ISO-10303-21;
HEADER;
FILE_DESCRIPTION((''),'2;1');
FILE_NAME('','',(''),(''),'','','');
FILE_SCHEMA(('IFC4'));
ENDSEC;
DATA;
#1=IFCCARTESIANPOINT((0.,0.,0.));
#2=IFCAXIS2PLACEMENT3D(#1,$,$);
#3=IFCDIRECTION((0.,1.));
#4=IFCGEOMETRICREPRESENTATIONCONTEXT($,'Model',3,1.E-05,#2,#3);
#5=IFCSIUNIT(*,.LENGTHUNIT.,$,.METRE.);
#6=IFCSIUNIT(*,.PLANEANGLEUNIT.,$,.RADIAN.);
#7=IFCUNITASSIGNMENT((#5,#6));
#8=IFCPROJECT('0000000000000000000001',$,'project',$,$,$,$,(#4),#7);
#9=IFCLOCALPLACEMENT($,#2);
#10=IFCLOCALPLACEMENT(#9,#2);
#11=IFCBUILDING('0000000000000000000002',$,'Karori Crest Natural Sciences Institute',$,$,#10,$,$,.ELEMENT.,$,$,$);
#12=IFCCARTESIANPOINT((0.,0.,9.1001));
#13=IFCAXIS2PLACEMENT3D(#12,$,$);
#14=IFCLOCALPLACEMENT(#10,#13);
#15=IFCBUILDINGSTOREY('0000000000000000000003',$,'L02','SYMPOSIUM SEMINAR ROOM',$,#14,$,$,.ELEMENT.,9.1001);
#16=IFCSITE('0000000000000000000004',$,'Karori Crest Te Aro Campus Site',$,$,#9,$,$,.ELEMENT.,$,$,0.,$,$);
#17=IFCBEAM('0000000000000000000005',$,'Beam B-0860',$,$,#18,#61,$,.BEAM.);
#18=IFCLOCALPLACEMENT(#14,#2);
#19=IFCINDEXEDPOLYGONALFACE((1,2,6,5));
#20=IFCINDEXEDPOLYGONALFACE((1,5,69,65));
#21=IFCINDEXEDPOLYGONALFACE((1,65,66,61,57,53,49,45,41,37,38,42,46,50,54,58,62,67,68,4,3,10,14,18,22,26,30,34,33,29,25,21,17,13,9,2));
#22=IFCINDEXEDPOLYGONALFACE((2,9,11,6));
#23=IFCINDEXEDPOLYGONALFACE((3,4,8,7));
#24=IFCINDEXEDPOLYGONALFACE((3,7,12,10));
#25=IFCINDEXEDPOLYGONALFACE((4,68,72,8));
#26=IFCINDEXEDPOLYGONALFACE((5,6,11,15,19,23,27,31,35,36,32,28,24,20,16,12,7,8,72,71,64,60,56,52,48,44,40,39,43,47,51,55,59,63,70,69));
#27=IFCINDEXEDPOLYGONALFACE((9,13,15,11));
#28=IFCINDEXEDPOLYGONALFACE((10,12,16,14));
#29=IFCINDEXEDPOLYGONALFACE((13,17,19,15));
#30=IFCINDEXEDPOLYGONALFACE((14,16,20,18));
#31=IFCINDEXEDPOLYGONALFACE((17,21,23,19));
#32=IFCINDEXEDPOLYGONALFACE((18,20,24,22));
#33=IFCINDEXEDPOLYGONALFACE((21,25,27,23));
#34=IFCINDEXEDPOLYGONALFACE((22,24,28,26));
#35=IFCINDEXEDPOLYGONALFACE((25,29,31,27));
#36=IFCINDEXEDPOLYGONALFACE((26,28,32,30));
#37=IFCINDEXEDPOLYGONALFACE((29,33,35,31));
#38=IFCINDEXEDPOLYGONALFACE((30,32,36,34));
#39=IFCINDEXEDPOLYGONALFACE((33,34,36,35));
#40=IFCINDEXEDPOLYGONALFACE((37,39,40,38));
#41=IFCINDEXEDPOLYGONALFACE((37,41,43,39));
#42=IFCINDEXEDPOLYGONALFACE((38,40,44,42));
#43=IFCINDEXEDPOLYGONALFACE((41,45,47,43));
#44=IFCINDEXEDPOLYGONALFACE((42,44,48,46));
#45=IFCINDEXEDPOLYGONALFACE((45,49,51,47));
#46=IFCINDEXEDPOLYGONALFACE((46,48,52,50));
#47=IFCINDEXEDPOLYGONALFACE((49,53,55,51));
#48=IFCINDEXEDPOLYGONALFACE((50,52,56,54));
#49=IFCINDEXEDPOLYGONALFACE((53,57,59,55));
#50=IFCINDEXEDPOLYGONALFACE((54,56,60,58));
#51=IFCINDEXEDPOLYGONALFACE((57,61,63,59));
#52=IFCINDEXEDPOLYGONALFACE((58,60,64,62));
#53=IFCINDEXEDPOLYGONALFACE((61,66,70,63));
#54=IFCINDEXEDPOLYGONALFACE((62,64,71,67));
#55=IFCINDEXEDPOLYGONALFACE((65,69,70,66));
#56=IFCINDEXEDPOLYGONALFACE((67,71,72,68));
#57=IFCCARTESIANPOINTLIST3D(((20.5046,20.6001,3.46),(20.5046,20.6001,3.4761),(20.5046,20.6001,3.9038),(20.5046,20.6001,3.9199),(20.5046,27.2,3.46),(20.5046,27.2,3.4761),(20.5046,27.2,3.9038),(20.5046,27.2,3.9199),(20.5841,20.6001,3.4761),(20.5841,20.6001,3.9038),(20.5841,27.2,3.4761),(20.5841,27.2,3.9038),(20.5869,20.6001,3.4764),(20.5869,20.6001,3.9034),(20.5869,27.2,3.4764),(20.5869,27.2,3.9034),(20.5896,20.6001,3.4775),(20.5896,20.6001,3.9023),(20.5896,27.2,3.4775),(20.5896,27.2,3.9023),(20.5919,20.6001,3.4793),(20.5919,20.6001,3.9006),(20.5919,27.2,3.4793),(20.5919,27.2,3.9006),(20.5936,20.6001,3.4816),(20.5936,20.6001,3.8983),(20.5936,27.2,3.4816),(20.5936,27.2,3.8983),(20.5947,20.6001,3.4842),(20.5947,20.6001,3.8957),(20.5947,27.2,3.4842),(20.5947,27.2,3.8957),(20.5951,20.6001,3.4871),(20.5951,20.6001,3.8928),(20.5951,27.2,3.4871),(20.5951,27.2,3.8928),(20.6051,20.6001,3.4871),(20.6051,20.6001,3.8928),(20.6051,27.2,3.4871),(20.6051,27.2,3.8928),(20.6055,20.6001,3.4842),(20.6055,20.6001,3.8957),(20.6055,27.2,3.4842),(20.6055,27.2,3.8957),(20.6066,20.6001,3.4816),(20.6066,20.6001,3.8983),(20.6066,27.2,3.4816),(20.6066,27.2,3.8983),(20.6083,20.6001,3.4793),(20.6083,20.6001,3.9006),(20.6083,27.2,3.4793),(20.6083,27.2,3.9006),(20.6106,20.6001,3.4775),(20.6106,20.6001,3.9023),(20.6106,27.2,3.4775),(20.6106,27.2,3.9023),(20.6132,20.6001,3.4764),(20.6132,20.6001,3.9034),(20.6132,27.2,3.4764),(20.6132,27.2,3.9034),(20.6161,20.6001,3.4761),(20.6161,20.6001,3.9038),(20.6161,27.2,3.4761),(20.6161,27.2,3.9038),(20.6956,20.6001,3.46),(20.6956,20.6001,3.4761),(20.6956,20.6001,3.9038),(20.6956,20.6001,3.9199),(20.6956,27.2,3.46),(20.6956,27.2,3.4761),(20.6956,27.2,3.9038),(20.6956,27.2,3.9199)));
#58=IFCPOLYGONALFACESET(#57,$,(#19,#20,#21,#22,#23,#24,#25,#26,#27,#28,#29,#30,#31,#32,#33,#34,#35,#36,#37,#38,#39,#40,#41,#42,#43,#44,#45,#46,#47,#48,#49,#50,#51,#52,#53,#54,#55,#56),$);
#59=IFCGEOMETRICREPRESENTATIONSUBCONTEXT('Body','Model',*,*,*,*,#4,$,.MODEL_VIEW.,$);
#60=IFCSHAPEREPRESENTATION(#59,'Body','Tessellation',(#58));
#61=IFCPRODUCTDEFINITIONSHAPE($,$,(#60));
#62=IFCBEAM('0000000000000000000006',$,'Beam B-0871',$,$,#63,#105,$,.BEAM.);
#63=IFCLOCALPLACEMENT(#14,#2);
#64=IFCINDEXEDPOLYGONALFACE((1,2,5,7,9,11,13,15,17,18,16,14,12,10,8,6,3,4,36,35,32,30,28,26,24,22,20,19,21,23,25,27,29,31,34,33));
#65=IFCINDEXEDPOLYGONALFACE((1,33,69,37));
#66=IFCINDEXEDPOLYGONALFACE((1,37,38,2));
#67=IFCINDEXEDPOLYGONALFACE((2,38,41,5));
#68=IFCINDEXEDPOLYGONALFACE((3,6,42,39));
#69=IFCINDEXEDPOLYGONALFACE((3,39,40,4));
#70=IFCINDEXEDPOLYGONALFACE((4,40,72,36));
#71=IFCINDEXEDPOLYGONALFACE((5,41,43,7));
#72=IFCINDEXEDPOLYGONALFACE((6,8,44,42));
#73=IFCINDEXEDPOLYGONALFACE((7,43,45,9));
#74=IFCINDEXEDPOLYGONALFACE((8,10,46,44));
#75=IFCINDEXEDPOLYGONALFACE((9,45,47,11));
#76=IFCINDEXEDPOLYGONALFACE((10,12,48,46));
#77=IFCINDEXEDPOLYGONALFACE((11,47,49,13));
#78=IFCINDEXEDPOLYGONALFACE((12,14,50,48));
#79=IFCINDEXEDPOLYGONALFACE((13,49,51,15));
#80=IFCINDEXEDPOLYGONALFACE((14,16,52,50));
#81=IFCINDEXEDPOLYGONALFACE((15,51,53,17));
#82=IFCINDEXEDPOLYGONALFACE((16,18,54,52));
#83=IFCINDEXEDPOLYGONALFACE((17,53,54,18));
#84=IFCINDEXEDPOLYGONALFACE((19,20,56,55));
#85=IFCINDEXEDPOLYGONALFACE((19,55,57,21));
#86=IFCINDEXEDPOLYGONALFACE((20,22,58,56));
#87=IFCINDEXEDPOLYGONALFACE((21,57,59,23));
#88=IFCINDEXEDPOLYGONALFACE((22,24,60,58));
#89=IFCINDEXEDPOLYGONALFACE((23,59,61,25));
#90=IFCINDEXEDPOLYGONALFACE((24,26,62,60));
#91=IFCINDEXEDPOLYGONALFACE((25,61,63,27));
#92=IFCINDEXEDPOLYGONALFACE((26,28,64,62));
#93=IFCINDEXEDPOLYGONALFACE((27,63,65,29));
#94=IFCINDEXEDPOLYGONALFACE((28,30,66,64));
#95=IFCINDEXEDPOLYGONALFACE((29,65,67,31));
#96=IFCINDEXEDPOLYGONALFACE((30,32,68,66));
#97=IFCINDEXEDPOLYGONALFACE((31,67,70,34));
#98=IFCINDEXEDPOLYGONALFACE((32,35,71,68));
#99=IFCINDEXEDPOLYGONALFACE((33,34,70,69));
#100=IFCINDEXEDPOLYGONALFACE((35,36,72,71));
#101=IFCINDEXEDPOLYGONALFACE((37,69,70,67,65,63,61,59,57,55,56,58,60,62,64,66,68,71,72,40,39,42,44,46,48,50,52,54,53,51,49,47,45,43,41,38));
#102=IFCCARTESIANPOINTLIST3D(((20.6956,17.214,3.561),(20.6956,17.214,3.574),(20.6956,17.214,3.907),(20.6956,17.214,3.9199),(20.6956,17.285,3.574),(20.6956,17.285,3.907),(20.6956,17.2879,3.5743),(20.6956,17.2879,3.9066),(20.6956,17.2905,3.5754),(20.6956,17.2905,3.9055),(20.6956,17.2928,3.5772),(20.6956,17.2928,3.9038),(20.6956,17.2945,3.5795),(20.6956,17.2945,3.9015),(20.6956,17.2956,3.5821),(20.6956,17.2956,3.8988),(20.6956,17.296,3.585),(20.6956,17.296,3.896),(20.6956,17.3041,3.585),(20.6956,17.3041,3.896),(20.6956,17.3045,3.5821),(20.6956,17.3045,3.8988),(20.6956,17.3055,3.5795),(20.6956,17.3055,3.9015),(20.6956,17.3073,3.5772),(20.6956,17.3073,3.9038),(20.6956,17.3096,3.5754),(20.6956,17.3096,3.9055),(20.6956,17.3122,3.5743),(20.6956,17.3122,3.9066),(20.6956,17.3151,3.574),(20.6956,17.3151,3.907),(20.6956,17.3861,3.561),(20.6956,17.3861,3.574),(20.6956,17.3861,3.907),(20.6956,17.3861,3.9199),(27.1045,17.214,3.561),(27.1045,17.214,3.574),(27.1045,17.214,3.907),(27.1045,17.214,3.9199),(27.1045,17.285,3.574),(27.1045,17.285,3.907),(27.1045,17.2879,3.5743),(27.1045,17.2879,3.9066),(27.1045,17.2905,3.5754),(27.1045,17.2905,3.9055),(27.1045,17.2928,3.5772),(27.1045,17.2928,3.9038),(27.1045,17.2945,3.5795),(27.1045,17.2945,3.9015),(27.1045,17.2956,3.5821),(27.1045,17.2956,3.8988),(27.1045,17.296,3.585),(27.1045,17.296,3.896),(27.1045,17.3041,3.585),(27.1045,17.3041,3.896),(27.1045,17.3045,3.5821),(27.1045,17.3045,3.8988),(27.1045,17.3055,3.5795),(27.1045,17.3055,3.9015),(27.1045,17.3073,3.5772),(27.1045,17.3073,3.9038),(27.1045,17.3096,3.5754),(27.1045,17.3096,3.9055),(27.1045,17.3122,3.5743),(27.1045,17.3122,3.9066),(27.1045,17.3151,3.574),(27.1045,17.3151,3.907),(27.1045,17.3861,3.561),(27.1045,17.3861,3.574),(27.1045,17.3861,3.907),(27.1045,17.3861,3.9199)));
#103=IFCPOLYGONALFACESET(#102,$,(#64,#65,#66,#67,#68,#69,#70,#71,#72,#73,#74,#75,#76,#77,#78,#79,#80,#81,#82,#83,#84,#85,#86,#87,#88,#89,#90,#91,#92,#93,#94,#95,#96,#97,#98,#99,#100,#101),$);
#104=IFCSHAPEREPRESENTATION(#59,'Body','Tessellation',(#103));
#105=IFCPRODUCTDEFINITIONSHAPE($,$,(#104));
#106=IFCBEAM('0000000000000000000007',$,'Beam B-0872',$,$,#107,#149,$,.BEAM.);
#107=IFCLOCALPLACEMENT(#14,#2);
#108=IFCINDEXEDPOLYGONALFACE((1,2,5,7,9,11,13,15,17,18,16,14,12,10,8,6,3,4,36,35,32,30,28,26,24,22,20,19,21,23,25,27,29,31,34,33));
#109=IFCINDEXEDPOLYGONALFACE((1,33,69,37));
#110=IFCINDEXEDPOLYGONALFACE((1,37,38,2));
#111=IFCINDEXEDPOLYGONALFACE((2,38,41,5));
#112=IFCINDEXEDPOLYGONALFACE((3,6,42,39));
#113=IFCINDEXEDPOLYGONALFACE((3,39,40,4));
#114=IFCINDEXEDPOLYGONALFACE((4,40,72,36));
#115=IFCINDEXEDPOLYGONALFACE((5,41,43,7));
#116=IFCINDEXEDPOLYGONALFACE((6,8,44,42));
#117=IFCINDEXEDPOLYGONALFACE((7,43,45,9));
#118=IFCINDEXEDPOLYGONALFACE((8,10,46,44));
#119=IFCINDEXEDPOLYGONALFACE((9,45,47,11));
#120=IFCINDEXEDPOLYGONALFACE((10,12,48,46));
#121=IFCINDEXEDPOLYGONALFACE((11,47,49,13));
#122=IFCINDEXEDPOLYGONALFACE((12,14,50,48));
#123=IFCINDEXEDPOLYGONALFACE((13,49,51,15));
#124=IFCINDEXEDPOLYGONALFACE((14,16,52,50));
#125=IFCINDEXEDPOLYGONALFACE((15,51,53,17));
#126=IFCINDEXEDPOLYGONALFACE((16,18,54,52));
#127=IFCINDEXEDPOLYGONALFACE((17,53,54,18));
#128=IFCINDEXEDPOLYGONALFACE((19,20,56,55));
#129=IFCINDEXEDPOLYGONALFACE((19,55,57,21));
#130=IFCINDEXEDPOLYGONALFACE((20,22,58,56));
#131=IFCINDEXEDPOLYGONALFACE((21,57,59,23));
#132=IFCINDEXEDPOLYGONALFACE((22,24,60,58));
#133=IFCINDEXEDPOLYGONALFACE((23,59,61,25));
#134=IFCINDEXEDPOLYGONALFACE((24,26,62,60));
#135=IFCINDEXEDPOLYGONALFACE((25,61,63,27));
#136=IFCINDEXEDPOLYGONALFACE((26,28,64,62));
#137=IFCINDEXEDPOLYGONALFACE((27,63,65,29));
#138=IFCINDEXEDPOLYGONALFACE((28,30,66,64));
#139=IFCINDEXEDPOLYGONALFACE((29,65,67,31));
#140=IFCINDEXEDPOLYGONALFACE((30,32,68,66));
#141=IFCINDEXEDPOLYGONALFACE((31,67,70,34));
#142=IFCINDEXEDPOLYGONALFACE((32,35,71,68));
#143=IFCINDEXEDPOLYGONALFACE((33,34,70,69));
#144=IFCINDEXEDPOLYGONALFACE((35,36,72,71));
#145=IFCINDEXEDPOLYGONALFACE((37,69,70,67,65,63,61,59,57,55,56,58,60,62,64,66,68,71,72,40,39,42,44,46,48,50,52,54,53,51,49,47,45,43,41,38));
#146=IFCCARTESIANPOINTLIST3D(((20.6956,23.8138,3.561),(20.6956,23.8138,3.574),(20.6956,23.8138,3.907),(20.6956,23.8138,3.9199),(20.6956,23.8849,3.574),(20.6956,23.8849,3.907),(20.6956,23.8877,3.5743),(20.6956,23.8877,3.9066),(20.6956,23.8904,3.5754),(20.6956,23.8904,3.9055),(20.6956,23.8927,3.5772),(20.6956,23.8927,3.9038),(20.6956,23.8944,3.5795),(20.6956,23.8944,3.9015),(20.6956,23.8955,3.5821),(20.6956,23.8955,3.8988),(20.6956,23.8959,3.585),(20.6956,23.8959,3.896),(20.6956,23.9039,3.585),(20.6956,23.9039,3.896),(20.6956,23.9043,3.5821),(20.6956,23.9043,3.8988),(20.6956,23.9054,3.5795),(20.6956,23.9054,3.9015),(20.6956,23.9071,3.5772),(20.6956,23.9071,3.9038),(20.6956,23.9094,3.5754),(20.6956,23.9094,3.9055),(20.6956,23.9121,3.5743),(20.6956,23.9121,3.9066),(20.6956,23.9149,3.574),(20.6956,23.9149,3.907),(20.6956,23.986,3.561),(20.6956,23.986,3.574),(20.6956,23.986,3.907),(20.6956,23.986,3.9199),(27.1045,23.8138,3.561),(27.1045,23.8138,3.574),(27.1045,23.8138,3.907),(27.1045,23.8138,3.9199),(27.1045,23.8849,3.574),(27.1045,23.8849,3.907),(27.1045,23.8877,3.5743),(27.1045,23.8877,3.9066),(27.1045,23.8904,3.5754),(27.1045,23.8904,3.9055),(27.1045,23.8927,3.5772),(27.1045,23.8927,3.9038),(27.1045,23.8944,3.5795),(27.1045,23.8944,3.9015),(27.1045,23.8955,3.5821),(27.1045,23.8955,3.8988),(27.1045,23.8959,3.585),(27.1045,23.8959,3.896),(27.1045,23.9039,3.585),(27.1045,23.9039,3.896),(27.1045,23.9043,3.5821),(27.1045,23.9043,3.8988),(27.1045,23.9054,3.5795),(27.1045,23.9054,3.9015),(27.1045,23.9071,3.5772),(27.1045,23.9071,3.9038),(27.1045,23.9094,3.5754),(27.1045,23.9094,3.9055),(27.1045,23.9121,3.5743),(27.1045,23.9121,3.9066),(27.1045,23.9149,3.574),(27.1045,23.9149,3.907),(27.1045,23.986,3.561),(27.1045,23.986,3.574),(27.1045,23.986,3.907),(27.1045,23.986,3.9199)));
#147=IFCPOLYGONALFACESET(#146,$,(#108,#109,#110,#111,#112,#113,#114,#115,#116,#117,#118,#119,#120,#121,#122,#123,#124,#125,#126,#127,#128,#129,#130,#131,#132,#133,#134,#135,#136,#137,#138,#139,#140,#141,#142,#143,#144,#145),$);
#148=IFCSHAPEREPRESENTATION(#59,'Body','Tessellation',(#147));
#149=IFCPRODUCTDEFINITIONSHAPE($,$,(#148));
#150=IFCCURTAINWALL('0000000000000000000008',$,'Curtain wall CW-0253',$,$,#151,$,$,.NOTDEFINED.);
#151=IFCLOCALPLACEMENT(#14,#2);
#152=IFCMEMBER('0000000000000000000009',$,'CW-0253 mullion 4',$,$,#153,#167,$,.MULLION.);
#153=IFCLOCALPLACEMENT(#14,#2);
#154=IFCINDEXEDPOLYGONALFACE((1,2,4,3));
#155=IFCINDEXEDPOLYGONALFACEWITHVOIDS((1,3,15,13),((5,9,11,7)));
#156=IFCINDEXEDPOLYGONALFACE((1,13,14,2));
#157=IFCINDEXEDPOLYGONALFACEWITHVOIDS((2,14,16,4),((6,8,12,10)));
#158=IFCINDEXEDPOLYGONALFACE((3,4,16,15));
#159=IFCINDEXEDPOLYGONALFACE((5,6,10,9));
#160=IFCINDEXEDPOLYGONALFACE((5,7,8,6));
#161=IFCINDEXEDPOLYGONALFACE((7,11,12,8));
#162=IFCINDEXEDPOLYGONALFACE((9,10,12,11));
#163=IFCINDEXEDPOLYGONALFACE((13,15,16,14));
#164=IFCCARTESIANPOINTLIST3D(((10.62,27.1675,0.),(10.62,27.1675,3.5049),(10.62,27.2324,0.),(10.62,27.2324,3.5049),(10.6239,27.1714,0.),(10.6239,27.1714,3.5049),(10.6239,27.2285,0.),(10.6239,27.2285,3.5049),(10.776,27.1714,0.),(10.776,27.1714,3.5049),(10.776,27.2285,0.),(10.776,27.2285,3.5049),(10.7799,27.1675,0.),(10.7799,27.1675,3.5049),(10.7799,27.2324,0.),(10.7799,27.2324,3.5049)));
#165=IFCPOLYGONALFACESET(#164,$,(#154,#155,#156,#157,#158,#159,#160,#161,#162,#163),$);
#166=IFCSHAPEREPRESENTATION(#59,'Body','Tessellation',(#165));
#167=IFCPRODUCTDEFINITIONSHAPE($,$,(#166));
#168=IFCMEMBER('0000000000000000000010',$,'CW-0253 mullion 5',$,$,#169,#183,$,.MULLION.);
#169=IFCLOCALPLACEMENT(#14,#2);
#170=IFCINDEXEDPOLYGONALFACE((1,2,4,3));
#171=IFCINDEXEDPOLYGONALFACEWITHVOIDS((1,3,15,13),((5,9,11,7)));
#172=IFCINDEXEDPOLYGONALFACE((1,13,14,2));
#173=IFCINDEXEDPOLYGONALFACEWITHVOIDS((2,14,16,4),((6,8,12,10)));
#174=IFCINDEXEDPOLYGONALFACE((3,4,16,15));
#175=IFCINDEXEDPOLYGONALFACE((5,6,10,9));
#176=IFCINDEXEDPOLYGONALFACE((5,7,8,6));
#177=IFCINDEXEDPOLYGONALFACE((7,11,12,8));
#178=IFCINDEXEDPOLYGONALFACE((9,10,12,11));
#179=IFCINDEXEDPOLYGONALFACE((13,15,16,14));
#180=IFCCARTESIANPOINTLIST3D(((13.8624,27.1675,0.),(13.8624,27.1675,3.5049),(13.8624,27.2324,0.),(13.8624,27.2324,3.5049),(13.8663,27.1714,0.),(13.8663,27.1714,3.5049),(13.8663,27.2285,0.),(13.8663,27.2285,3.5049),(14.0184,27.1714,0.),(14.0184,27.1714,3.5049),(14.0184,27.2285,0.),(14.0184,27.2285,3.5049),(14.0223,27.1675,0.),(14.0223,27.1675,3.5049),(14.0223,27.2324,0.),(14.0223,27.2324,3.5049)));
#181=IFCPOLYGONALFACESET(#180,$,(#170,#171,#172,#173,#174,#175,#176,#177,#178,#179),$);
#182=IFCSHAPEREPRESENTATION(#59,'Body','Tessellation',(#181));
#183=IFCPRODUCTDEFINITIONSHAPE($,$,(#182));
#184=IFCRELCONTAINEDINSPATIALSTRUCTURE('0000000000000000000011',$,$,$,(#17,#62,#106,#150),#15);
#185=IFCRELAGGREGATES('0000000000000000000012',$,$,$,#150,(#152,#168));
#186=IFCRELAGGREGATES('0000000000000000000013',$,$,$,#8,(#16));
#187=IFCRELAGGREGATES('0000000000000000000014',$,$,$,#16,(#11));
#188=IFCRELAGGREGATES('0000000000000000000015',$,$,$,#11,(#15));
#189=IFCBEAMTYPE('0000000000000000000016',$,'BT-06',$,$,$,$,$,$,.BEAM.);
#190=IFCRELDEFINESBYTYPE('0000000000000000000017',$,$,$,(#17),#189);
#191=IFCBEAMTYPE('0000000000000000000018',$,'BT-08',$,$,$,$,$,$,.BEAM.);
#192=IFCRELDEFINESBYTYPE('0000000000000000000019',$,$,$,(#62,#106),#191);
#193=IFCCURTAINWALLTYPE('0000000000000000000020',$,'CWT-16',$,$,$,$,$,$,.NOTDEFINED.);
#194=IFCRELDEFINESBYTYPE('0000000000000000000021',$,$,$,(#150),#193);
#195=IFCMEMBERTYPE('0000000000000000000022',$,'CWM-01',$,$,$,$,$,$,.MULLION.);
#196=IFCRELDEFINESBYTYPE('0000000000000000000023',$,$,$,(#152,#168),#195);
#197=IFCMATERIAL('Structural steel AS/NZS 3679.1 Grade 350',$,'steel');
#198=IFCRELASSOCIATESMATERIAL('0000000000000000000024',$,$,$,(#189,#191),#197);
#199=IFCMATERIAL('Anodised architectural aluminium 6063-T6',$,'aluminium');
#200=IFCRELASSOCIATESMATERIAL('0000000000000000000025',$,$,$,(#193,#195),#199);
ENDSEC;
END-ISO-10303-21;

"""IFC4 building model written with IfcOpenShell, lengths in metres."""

from ifc_helpers import new_model, si_unit, direction, frame, origin, origin_2d, place, context, subcontext, project, spatial, hollow_rectangle, i_section, extrude, material, material_profile, profile_set, type_object, element, aggregate, save


model = new_model("IFC4")

# Units and contexts
model_context = context("Model", 3, precision=1e-05, world=origin(), true_north=direction((0.0, 1.0)))
body_context = subcontext(model_context, "Body", "Model", "MODEL_VIEW")
ifc_project = project(units=[si_unit("LENGTHUNIT", "METRE"), si_unit("PLANEANGLEUNIT", "RADIAN")], contexts=[model_context])

# Site, building, storey
site_placement = place(None, origin())
site = spatial("IfcSite", under=ifc_project, at=site_placement, Name="Karori Crest Te Aro Campus Site", CompositionType="ELEMENT", RefElevation=0.0)
building_placement = place(site_placement, origin())
building = spatial("IfcBuilding", under=site, at=building_placement, Name="Karori Crest Natural Sciences Institute", CompositionType="ELEMENT")
storey_placement = place(building_placement, frame((0.0, 0.0, 9.1001)))
storey = spatial("IfcBuildingStorey", under=building, at=storey_placement, Name="L02", Description="SYMPOSIUM SEMINAR ROOM", CompositionType="ELEMENT", Elevation=9.1001)

# Beams
ifc_material_1 = material(Name="Structural steel AS/NZS 3679.1 Grade 350", Category="steel")
ifc_material_profile_1 = material_profile(ifc_material_1, i_section(OverallWidth=0.1909, OverallDepth=0.46, WebThickness=0.01, FlangeThickness=0.0161, FilletRadius=0.011, at=origin_2d()), Name="460UB82.1")
ifc_profile_set_1 = profile_set([ifc_material_profile_1], Name="Structural steel AS/NZS 3679.1 Grade 350")
beam_type_1 = type_object("IfcBeamType", Name="BT-06", PredefinedType="BEAM", material=ifc_profile_set_1)
beam_1_placement = place(storey_placement, frame((20.6001, 20.6001, 3.6899), z_axis=(0.0, 1.0, 0.0), x_axis=(-1.0, 0.0, 0.0)))
element("IfcBeam", 1, at=beam_1_placement, inside=storey, type_object=beam_type_1, Name="Beam B-0860", PredefinedType="BEAM", context=body_context, shape_type="SweptSolid", body=[
    extrude(i_section(OverallWidth=0.1909, OverallDepth=0.46, WebThickness=0.01, FlangeThickness=0.0161, FilletRadius=0.011, at=origin_2d()), origin(), (0.0, 0.0, 1.0), 6.5999),
])
ifc_material_profile_2 = material_profile(ifc_material_1, i_section(OverallWidth=0.1721, OverallDepth=0.3589, WebThickness=0.0081, FlangeThickness=0.0129, FilletRadius=0.011, at=origin_2d()), Name="360UB56.7")
ifc_profile_set_2 = profile_set([ifc_material_profile_2], Name="Structural steel AS/NZS 3679.1 Grade 350")
beam_type_2 = type_object("IfcBeamType", Name="BT-08", PredefinedType="BEAM", material=ifc_profile_set_2)
for number, where, z_axis, x_axis, name in (
    (2, (20.6956, 17.3, 3.7405), (1.0, 0.0, 0.0), (0.0, 1.0, 0.0), "Beam B-0871"),
    (3, (20.6956, 23.8999, 3.7405), (1.0, 0.0, 0.0), (0.0, 1.0, 0.0), "Beam B-0872"),
):
    element("IfcBeam", number, at=place(storey_placement, frame(where, z_axis=z_axis, x_axis=x_axis)), inside=storey, type_object=beam_type_2, Name=name, PredefinedType="BEAM", context=body_context, shape_type="SweptSolid", body=[
        extrude(i_section(OverallWidth=0.1721, OverallDepth=0.3589, WebThickness=0.0081, FlangeThickness=0.0129, FilletRadius=0.011, at=origin_2d()), origin(), (0.0, 0.0, 1.0), 6.4089),
    ])

# Curtain wall, members
ifc_material_2 = material(Name="Anodised architectural aluminium 6063-T6", Category="aluminium")
curtain_wall_type = type_object("IfcCurtainWallType", Name="CWT-16", PredefinedType="NOTDEFINED", material=ifc_material_2)
curtain_wall_placement = place(storey_placement, origin())
curtain_wall = element("IfcCurtainWall", 4, at=curtain_wall_placement, inside=storey, type_object=curtain_wall_type, Name="Curtain wall CW-0253", PredefinedType="NOTDEFINED")
ifc_material_profile_3 = material_profile(ifc_material_2, hollow_rectangle(XDim=0.0649, YDim=0.1599, WallThickness=0.0039, at=origin_2d()), Name="CWM160x65x4")
ifc_profile_set_3 = profile_set([ifc_material_profile_3], Name="Anodised architectural aluminium 6063-T6")
member_type_1 = type_object("IfcMemberType", Name="CWM-01", PredefinedType="MULLION", material=ifc_profile_set_3)
member_1_placement = place(storey_placement, frame((10.7, 27.2, 0.0), z_axis=(0.0, 0.0, 1.0), x_axis=(0.0, 1.0, 0.0)))
member_1 = element("IfcMember", 5, at=member_1_placement, type_object=member_type_1, Name="CW-0253 mullion 4", PredefinedType="MULLION", context=body_context, shape_type="SweptSolid", body=[
    extrude(hollow_rectangle(XDim=0.0649, YDim=0.1599, WallThickness=0.0039, at=origin_2d()), origin(), (0.0, 0.0, 1.0), 3.5049),
])
member_2_placement = place(storey_placement, frame((13.9424, 27.2, 0.0), z_axis=(0.0, 0.0, 1.0), x_axis=(0.0, 1.0, 0.0)))
member_2 = element("IfcMember", 6, at=member_2_placement, type_object=member_type_1, Name="CW-0253 mullion 5", PredefinedType="MULLION", context=body_context, shape_type="SweptSolid", body=[
    extrude(hollow_rectangle(XDim=0.0649, YDim=0.1599, WallThickness=0.0039, at=origin_2d()), origin(), (0.0, 0.0, 1.0), 3.5049),
])
aggregate(curtain_wall, [member_1, member_2])

save(model, "model.ifc")
